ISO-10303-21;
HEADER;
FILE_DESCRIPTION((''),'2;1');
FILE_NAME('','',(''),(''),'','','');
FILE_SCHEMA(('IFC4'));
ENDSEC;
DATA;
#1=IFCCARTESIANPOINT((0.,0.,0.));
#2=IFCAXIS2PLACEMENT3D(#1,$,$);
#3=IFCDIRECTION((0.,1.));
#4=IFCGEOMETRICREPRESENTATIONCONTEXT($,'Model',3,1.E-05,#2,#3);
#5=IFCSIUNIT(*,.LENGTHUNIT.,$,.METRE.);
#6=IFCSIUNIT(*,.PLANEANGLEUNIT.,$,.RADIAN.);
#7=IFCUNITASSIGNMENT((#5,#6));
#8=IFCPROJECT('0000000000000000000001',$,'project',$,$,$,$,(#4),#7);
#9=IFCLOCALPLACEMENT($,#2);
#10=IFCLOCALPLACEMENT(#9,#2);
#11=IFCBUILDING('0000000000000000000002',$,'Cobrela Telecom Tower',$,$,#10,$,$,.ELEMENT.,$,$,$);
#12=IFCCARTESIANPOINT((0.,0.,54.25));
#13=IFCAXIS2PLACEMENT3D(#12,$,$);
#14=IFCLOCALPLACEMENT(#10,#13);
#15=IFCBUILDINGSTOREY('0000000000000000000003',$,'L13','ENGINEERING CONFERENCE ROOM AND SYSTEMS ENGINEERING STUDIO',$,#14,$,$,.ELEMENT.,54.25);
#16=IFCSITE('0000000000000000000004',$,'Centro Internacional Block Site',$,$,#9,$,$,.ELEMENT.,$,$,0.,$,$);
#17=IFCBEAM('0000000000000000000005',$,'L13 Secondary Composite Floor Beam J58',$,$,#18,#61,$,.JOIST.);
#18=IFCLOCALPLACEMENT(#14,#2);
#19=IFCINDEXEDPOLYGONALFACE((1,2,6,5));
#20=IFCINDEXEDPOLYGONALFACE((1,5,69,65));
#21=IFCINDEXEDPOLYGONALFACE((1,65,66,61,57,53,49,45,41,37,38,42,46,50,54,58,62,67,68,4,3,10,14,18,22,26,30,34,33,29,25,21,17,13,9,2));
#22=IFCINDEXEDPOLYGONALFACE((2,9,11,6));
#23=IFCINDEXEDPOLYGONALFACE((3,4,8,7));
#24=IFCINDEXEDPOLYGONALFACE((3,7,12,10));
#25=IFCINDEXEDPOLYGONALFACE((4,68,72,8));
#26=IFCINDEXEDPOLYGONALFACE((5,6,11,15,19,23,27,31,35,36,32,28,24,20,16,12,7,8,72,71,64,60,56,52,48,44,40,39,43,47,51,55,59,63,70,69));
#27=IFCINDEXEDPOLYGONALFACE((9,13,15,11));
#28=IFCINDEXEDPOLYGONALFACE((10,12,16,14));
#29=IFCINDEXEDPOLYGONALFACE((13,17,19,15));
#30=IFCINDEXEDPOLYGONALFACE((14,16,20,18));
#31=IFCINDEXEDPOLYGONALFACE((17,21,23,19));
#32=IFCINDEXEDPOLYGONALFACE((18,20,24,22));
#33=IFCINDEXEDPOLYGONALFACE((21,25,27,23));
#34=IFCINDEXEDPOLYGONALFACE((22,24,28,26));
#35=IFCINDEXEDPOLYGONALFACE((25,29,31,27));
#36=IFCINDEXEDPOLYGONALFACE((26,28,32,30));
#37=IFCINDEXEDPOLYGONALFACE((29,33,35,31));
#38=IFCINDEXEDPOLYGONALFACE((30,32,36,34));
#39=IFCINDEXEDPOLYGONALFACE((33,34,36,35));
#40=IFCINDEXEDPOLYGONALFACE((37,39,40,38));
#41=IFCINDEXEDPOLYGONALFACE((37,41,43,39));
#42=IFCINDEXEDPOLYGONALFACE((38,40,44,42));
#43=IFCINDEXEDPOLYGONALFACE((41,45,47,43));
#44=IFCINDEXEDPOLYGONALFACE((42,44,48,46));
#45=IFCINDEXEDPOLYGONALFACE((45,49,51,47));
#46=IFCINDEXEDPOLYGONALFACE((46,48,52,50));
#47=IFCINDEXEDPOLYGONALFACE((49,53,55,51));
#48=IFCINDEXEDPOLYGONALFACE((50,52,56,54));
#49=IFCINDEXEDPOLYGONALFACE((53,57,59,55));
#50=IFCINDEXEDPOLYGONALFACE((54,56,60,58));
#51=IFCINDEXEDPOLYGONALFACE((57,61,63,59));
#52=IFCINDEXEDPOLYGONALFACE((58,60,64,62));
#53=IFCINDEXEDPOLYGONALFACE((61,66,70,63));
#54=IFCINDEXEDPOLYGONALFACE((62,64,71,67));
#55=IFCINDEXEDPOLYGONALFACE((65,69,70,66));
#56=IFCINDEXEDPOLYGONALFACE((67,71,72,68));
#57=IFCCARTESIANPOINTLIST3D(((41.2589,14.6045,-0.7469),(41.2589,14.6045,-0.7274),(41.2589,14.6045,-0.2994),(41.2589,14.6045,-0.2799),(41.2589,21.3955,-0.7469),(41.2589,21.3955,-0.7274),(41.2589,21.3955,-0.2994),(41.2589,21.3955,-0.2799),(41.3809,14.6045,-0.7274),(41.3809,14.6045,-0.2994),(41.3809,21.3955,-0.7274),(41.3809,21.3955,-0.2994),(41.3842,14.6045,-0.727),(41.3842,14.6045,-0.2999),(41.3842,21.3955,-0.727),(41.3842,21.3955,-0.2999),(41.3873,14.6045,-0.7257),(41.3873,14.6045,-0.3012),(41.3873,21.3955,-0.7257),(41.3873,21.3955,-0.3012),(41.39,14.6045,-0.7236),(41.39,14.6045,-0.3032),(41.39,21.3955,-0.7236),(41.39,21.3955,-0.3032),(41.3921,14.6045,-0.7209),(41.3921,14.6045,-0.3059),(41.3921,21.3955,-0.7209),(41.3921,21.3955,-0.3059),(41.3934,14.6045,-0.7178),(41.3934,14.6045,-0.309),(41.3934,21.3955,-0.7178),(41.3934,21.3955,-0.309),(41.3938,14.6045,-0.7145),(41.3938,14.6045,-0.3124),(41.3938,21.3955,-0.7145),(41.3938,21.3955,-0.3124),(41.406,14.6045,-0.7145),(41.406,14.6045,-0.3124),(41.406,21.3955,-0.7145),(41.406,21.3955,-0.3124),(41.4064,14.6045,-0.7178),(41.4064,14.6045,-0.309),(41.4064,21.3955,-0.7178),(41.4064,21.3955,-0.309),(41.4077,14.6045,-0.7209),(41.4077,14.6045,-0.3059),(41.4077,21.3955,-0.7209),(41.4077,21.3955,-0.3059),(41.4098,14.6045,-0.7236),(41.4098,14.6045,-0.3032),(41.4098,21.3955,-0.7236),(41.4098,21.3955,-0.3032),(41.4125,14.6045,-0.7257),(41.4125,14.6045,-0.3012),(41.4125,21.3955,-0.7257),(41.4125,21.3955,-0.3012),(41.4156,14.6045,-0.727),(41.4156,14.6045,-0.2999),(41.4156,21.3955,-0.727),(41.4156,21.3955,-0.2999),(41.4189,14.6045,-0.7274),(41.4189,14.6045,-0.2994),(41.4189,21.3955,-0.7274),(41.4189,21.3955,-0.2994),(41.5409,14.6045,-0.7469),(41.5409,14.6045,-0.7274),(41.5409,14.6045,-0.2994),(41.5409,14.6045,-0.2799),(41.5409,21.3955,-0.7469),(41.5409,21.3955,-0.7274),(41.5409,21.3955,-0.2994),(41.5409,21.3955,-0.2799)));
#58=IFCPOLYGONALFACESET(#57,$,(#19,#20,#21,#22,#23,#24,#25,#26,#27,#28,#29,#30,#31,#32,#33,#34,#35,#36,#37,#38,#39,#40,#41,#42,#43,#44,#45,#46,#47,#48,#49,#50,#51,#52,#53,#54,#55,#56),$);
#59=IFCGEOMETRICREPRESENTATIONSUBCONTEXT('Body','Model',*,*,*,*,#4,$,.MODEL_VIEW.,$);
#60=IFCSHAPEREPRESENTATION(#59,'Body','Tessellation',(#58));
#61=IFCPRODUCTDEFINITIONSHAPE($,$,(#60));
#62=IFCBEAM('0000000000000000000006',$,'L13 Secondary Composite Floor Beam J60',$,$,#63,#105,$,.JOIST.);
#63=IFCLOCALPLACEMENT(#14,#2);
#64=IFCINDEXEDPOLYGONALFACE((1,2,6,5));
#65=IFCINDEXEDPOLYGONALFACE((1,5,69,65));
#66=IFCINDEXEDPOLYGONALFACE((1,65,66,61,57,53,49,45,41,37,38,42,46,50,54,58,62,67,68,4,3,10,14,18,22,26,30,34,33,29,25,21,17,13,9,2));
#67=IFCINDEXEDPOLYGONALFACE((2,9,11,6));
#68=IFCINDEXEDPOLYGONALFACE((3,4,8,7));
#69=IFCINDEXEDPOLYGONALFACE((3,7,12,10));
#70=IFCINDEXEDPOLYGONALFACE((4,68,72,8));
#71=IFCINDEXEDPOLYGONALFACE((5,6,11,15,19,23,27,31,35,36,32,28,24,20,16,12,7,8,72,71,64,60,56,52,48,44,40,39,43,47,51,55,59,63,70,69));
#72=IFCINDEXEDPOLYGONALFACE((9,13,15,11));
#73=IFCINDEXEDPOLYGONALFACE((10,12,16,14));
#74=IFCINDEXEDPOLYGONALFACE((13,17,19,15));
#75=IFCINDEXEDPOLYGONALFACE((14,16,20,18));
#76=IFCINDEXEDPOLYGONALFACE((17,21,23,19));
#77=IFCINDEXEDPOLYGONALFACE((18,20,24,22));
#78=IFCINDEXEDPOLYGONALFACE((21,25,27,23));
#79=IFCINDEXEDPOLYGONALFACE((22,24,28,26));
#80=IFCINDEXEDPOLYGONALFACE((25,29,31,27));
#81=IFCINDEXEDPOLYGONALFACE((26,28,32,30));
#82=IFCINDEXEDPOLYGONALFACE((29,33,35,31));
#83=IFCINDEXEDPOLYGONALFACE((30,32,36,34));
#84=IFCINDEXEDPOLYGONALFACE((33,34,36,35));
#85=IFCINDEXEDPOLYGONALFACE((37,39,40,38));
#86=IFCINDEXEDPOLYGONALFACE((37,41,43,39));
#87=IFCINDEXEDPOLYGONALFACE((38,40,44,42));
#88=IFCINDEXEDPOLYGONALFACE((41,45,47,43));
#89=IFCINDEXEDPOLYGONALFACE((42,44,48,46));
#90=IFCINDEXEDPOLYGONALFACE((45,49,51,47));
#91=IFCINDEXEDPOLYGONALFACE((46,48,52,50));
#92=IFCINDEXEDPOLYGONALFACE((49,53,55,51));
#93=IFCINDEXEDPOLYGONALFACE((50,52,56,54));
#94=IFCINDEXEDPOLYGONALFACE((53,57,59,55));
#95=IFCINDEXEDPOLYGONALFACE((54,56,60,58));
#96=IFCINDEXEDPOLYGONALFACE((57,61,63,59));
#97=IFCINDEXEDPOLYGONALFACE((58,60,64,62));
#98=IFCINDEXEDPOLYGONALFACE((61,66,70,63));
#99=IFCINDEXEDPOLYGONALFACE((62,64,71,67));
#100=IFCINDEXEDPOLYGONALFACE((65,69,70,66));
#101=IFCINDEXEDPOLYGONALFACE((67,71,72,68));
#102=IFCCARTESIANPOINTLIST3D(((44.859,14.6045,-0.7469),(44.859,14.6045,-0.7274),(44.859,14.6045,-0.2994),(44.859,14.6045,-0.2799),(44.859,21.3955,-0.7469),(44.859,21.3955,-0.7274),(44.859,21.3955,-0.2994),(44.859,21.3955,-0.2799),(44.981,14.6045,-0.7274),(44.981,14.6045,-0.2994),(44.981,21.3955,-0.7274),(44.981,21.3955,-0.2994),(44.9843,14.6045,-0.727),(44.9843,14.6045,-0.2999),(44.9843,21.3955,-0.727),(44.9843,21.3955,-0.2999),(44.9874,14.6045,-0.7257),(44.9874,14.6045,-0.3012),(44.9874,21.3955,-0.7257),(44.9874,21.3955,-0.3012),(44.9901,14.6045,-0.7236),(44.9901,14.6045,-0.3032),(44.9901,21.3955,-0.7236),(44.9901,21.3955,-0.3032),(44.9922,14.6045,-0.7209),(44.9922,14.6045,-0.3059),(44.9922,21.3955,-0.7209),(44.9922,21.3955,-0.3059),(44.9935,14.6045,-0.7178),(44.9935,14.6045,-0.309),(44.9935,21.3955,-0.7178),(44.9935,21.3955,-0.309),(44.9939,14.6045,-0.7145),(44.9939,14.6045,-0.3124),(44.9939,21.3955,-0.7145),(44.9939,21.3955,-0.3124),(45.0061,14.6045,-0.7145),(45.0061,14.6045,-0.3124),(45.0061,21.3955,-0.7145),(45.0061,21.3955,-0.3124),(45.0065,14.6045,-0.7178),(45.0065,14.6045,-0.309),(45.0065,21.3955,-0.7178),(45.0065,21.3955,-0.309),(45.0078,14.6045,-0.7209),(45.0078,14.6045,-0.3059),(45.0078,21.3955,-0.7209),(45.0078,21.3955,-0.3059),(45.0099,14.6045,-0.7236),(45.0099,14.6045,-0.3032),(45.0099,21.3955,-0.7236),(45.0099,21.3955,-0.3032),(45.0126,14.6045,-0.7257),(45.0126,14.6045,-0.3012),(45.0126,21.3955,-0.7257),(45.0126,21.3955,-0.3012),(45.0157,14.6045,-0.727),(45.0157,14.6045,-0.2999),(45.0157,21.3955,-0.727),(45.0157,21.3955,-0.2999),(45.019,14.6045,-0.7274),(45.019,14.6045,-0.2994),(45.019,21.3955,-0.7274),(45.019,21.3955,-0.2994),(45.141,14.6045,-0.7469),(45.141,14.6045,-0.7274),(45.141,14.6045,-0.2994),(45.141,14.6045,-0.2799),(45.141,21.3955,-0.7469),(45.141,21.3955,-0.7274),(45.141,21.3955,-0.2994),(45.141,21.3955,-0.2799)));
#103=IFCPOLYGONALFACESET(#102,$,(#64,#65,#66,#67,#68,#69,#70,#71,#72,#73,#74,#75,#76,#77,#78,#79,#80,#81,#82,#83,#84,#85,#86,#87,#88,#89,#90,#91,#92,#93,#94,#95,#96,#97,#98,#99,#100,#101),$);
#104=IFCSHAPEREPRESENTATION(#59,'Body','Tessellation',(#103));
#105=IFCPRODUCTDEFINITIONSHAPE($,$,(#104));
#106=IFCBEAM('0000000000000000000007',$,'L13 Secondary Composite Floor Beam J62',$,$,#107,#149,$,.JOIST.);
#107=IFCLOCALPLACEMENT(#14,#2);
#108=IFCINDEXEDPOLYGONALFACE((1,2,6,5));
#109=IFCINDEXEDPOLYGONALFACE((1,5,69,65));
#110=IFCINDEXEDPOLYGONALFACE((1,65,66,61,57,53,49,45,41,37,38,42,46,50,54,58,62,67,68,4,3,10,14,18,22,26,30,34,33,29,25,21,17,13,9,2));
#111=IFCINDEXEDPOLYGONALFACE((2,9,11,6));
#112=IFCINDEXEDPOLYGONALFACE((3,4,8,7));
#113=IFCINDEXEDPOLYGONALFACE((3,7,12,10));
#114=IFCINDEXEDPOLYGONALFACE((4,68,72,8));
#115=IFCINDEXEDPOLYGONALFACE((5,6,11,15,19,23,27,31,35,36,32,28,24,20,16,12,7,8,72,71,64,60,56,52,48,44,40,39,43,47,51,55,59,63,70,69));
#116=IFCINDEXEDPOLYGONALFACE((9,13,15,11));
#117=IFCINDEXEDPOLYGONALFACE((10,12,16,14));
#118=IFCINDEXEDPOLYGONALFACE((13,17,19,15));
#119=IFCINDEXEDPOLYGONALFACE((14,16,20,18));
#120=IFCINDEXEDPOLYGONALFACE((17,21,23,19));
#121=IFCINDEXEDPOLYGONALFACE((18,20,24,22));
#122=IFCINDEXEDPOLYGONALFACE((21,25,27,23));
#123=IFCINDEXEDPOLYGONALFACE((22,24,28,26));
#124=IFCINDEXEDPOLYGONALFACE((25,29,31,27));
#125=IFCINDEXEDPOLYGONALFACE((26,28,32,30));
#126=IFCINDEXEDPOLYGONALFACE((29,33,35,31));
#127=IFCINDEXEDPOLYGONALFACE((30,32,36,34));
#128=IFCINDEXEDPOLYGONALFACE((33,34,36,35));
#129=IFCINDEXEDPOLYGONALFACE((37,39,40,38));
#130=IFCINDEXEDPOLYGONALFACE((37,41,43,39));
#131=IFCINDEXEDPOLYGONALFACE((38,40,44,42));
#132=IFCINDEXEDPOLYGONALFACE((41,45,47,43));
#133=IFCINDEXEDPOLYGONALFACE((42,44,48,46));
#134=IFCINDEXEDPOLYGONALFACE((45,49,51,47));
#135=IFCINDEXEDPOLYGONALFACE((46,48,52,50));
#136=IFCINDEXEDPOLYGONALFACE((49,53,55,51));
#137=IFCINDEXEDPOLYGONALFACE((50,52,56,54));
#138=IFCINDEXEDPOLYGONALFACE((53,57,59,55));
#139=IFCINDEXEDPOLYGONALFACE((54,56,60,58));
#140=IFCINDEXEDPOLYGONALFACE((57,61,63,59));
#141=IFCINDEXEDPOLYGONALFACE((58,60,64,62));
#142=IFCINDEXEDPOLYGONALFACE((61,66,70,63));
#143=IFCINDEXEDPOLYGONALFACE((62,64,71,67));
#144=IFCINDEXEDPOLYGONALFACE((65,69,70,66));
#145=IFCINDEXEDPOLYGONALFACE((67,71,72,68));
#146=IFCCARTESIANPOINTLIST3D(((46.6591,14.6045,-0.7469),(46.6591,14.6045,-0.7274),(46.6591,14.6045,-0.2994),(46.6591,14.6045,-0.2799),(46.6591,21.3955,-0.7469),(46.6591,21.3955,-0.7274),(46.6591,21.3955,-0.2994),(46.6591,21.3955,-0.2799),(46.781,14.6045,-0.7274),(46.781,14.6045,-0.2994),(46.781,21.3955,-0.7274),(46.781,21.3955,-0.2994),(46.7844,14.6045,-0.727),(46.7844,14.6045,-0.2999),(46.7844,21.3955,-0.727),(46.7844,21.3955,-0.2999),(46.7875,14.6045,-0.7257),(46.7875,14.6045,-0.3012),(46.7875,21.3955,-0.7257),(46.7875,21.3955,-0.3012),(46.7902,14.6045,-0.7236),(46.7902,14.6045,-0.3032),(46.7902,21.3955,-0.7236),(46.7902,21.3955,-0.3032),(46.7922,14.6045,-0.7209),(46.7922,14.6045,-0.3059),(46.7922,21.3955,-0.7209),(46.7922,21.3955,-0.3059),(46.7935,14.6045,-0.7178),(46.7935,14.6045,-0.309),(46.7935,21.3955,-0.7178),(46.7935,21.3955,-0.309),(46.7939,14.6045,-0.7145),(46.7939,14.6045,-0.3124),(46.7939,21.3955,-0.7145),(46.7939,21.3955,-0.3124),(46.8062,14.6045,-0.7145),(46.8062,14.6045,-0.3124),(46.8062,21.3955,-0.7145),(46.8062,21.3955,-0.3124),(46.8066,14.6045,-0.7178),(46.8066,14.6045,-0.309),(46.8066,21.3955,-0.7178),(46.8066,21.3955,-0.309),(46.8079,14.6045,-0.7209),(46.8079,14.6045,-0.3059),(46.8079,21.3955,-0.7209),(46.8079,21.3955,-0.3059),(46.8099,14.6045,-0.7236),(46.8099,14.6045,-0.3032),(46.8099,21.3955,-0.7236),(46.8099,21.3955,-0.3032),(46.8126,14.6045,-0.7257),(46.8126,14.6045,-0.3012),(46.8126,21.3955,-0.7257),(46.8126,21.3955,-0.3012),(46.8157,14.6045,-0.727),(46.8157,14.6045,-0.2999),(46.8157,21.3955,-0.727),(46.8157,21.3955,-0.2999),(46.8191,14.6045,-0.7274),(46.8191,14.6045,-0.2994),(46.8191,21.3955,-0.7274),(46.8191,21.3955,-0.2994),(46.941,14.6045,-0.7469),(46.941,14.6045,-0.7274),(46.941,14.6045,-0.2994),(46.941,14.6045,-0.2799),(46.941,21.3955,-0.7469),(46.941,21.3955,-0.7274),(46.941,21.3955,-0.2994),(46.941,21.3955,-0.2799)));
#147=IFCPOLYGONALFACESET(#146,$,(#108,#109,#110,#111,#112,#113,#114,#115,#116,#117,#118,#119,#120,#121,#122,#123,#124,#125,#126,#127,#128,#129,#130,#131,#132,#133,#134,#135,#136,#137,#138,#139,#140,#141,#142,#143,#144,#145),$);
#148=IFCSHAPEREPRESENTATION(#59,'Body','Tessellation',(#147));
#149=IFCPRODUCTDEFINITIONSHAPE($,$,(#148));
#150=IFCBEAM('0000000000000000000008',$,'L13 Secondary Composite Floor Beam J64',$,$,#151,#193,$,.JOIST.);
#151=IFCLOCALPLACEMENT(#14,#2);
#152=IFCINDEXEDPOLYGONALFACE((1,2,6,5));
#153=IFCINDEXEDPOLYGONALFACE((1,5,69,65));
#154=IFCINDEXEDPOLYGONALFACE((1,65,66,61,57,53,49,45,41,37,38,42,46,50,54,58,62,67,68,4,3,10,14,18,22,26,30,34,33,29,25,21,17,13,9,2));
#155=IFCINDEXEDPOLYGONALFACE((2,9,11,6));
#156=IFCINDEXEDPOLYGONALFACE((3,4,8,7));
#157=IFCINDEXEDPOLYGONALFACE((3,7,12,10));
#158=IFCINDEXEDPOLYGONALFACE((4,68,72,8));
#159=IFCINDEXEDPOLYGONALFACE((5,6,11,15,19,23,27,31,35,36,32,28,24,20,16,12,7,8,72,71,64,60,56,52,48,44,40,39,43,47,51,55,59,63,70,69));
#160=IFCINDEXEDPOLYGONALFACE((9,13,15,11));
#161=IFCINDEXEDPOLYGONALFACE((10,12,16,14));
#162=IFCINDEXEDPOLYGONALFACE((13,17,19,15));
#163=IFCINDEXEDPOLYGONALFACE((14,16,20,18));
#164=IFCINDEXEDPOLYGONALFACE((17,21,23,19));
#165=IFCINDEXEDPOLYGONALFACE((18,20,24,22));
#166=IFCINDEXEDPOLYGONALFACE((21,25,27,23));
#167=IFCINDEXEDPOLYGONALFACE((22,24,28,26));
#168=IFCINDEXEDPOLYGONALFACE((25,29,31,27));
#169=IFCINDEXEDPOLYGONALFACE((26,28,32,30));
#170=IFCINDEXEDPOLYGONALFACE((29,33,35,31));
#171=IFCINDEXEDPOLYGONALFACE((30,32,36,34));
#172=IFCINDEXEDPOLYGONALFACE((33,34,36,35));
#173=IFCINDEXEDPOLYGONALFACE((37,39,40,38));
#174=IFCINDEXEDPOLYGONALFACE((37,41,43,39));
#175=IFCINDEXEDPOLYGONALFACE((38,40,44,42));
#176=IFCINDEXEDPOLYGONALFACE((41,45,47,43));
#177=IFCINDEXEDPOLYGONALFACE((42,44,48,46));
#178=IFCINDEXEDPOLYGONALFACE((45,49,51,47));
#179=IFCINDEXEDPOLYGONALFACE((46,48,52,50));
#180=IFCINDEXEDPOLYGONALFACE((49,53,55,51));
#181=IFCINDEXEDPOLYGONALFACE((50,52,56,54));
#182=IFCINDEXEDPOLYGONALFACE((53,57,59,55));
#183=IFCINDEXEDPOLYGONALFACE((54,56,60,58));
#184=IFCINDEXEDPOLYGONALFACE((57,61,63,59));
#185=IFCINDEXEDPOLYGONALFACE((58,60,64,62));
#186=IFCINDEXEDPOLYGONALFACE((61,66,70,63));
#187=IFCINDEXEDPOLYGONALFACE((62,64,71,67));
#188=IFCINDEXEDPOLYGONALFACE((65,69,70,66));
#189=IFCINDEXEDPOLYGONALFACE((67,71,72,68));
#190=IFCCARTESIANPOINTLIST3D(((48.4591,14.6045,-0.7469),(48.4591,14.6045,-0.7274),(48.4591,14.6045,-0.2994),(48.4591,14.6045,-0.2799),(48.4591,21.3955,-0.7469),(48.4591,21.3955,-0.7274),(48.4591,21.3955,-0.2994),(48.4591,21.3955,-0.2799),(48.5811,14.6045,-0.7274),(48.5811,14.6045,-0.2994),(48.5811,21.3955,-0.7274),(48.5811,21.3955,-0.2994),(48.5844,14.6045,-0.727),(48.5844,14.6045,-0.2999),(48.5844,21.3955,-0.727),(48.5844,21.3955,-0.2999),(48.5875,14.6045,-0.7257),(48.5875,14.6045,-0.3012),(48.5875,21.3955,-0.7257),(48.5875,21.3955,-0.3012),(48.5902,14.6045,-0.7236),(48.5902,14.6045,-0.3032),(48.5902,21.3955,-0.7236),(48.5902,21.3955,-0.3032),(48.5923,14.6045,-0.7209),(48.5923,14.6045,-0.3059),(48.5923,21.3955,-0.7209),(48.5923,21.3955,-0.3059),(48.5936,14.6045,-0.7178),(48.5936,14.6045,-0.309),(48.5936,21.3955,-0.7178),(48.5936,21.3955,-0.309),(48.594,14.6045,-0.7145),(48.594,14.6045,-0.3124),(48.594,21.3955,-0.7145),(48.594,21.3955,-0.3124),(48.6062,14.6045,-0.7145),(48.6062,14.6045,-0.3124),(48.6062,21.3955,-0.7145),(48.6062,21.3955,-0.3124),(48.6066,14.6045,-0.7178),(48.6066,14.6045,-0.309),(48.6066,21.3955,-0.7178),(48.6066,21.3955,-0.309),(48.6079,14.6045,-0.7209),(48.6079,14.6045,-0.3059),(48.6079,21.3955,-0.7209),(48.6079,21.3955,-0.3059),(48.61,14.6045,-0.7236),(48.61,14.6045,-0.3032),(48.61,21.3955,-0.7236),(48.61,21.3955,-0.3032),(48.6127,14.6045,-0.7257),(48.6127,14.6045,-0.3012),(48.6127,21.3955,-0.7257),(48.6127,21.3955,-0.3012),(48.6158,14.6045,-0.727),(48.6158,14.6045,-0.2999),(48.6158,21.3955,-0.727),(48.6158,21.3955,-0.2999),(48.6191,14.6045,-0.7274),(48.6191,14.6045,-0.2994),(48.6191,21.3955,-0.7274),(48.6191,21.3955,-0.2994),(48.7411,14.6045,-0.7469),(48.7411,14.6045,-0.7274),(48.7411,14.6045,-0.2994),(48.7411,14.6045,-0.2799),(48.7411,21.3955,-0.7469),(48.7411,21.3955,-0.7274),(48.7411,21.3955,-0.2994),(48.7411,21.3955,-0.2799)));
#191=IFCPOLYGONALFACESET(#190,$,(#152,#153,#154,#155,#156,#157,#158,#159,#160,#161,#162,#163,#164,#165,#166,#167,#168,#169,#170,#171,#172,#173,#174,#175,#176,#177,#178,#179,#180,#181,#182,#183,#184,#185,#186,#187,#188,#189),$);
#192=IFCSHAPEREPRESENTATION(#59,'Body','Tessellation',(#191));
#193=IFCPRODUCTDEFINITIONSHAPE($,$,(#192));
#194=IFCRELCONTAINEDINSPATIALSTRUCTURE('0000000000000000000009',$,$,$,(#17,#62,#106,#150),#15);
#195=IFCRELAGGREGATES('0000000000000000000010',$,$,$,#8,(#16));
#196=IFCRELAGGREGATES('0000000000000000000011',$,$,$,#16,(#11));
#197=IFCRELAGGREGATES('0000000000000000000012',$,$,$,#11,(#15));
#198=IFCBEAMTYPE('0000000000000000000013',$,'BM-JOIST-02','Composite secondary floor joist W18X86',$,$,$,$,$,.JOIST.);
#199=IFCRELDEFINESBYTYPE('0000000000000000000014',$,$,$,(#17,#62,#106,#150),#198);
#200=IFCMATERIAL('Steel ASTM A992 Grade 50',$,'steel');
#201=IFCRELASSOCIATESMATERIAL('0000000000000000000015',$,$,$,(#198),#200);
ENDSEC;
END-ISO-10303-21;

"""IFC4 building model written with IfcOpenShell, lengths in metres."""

from ifc_helpers import new_model, si_unit, direction, frame, origin, origin_2d, place, context, subcontext, project, spatial, i_section, extrude, material, material_profile, profile_set, type_object, element, save


model = new_model("IFC4")

# Units and contexts
model_context = context("Model", 3, precision=1e-05, world=origin(), true_north=direction((0.0, 1.0)))
body_context = subcontext(model_context, "Body", "Model", "MODEL_VIEW")
ifc_project = project(units=[si_unit("LENGTHUNIT", "METRE"), si_unit("PLANEANGLEUNIT", "RADIAN")], contexts=[model_context])

# Site, building, storey
site_placement = place(None, origin())
site = spatial("IfcSite", under=ifc_project, at=site_placement, Name="Centro Internacional Block Site", CompositionType="ELEMENT", RefElevation=0.0)
building_placement = place(site_placement, origin())
building = spatial("IfcBuilding", under=site, at=building_placement, Name="Cobrela Telecom Tower", CompositionType="ELEMENT")
storey_placement = place(building_placement, frame((0.0, 0.0, 54.25)))
storey = spatial("IfcBuildingStorey", under=building, at=storey_placement, Name="L13", Description="ENGINEERING CONFERENCE ROOM AND SYSTEMS ENGINEERING STUDIO", CompositionType="ELEMENT", Elevation=54.25)

# Shared definitions
ifc_material_1 = material(Name="Steel ASTM A992 Grade 50", Category="steel")

# Beams
ifc_material_profile_1 = material_profile(ifc_material_1, i_section(OverallWidth=0.282, OverallDepth=0.467, WebThickness=0.0122, FlangeThickness=0.0195, FilletRadius=0.0129, at=origin_2d()), Name="W18X86")
ifc_profile_set_1 = profile_set([ifc_material_profile_1], Name="Steel ASTM A992 Grade 50")
beam_type_1 = type_object("IfcBeamType", Name="BM-JOIST-02", Description="Composite secondary floor joist W18X86", PredefinedType="JOIST", material=ifc_profile_set_1)
for number, where, z_axis, x_axis, name in (
    (1, (41.3999, 14.6045, -0.5134), (0.0, 1.0, 0.0), (-1.0, 0.0, 0.0), "L13 Secondary Composite Floor Beam J58"),
    (2, (45.0, 14.6045, -0.5134), (0.0, 1.0, 0.0), (-1.0, 0.0, 0.0), "L13 Secondary Composite Floor Beam J60"),
    (3, (46.8, 14.6045, -0.5134), (0.0, 1.0, 0.0), (-1.0, 0.0, 0.0), "L13 Secondary Composite Floor Beam J62"),
    (4, (48.6001, 14.6045, -0.5134), (0.0, 1.0, 0.0), (-1.0, 0.0, 0.0), "L13 Secondary Composite Floor Beam J64"),
):
    element("IfcBeam", number, at=place(storey_placement, frame(where, z_axis=z_axis, x_axis=x_axis)), inside=storey, type_object=beam_type_1, Name=name, PredefinedType="JOIST", context=body_context, shape_type="SweptSolid", body=[
        extrude(i_section(OverallWidth=0.282, OverallDepth=0.467, WebThickness=0.0122, FlangeThickness=0.0195, FilletRadius=0.0129, at=origin_2d()), origin(), (0.0, 0.0, 1.0), 6.791),
    ])

save(model, "model.ifc")
